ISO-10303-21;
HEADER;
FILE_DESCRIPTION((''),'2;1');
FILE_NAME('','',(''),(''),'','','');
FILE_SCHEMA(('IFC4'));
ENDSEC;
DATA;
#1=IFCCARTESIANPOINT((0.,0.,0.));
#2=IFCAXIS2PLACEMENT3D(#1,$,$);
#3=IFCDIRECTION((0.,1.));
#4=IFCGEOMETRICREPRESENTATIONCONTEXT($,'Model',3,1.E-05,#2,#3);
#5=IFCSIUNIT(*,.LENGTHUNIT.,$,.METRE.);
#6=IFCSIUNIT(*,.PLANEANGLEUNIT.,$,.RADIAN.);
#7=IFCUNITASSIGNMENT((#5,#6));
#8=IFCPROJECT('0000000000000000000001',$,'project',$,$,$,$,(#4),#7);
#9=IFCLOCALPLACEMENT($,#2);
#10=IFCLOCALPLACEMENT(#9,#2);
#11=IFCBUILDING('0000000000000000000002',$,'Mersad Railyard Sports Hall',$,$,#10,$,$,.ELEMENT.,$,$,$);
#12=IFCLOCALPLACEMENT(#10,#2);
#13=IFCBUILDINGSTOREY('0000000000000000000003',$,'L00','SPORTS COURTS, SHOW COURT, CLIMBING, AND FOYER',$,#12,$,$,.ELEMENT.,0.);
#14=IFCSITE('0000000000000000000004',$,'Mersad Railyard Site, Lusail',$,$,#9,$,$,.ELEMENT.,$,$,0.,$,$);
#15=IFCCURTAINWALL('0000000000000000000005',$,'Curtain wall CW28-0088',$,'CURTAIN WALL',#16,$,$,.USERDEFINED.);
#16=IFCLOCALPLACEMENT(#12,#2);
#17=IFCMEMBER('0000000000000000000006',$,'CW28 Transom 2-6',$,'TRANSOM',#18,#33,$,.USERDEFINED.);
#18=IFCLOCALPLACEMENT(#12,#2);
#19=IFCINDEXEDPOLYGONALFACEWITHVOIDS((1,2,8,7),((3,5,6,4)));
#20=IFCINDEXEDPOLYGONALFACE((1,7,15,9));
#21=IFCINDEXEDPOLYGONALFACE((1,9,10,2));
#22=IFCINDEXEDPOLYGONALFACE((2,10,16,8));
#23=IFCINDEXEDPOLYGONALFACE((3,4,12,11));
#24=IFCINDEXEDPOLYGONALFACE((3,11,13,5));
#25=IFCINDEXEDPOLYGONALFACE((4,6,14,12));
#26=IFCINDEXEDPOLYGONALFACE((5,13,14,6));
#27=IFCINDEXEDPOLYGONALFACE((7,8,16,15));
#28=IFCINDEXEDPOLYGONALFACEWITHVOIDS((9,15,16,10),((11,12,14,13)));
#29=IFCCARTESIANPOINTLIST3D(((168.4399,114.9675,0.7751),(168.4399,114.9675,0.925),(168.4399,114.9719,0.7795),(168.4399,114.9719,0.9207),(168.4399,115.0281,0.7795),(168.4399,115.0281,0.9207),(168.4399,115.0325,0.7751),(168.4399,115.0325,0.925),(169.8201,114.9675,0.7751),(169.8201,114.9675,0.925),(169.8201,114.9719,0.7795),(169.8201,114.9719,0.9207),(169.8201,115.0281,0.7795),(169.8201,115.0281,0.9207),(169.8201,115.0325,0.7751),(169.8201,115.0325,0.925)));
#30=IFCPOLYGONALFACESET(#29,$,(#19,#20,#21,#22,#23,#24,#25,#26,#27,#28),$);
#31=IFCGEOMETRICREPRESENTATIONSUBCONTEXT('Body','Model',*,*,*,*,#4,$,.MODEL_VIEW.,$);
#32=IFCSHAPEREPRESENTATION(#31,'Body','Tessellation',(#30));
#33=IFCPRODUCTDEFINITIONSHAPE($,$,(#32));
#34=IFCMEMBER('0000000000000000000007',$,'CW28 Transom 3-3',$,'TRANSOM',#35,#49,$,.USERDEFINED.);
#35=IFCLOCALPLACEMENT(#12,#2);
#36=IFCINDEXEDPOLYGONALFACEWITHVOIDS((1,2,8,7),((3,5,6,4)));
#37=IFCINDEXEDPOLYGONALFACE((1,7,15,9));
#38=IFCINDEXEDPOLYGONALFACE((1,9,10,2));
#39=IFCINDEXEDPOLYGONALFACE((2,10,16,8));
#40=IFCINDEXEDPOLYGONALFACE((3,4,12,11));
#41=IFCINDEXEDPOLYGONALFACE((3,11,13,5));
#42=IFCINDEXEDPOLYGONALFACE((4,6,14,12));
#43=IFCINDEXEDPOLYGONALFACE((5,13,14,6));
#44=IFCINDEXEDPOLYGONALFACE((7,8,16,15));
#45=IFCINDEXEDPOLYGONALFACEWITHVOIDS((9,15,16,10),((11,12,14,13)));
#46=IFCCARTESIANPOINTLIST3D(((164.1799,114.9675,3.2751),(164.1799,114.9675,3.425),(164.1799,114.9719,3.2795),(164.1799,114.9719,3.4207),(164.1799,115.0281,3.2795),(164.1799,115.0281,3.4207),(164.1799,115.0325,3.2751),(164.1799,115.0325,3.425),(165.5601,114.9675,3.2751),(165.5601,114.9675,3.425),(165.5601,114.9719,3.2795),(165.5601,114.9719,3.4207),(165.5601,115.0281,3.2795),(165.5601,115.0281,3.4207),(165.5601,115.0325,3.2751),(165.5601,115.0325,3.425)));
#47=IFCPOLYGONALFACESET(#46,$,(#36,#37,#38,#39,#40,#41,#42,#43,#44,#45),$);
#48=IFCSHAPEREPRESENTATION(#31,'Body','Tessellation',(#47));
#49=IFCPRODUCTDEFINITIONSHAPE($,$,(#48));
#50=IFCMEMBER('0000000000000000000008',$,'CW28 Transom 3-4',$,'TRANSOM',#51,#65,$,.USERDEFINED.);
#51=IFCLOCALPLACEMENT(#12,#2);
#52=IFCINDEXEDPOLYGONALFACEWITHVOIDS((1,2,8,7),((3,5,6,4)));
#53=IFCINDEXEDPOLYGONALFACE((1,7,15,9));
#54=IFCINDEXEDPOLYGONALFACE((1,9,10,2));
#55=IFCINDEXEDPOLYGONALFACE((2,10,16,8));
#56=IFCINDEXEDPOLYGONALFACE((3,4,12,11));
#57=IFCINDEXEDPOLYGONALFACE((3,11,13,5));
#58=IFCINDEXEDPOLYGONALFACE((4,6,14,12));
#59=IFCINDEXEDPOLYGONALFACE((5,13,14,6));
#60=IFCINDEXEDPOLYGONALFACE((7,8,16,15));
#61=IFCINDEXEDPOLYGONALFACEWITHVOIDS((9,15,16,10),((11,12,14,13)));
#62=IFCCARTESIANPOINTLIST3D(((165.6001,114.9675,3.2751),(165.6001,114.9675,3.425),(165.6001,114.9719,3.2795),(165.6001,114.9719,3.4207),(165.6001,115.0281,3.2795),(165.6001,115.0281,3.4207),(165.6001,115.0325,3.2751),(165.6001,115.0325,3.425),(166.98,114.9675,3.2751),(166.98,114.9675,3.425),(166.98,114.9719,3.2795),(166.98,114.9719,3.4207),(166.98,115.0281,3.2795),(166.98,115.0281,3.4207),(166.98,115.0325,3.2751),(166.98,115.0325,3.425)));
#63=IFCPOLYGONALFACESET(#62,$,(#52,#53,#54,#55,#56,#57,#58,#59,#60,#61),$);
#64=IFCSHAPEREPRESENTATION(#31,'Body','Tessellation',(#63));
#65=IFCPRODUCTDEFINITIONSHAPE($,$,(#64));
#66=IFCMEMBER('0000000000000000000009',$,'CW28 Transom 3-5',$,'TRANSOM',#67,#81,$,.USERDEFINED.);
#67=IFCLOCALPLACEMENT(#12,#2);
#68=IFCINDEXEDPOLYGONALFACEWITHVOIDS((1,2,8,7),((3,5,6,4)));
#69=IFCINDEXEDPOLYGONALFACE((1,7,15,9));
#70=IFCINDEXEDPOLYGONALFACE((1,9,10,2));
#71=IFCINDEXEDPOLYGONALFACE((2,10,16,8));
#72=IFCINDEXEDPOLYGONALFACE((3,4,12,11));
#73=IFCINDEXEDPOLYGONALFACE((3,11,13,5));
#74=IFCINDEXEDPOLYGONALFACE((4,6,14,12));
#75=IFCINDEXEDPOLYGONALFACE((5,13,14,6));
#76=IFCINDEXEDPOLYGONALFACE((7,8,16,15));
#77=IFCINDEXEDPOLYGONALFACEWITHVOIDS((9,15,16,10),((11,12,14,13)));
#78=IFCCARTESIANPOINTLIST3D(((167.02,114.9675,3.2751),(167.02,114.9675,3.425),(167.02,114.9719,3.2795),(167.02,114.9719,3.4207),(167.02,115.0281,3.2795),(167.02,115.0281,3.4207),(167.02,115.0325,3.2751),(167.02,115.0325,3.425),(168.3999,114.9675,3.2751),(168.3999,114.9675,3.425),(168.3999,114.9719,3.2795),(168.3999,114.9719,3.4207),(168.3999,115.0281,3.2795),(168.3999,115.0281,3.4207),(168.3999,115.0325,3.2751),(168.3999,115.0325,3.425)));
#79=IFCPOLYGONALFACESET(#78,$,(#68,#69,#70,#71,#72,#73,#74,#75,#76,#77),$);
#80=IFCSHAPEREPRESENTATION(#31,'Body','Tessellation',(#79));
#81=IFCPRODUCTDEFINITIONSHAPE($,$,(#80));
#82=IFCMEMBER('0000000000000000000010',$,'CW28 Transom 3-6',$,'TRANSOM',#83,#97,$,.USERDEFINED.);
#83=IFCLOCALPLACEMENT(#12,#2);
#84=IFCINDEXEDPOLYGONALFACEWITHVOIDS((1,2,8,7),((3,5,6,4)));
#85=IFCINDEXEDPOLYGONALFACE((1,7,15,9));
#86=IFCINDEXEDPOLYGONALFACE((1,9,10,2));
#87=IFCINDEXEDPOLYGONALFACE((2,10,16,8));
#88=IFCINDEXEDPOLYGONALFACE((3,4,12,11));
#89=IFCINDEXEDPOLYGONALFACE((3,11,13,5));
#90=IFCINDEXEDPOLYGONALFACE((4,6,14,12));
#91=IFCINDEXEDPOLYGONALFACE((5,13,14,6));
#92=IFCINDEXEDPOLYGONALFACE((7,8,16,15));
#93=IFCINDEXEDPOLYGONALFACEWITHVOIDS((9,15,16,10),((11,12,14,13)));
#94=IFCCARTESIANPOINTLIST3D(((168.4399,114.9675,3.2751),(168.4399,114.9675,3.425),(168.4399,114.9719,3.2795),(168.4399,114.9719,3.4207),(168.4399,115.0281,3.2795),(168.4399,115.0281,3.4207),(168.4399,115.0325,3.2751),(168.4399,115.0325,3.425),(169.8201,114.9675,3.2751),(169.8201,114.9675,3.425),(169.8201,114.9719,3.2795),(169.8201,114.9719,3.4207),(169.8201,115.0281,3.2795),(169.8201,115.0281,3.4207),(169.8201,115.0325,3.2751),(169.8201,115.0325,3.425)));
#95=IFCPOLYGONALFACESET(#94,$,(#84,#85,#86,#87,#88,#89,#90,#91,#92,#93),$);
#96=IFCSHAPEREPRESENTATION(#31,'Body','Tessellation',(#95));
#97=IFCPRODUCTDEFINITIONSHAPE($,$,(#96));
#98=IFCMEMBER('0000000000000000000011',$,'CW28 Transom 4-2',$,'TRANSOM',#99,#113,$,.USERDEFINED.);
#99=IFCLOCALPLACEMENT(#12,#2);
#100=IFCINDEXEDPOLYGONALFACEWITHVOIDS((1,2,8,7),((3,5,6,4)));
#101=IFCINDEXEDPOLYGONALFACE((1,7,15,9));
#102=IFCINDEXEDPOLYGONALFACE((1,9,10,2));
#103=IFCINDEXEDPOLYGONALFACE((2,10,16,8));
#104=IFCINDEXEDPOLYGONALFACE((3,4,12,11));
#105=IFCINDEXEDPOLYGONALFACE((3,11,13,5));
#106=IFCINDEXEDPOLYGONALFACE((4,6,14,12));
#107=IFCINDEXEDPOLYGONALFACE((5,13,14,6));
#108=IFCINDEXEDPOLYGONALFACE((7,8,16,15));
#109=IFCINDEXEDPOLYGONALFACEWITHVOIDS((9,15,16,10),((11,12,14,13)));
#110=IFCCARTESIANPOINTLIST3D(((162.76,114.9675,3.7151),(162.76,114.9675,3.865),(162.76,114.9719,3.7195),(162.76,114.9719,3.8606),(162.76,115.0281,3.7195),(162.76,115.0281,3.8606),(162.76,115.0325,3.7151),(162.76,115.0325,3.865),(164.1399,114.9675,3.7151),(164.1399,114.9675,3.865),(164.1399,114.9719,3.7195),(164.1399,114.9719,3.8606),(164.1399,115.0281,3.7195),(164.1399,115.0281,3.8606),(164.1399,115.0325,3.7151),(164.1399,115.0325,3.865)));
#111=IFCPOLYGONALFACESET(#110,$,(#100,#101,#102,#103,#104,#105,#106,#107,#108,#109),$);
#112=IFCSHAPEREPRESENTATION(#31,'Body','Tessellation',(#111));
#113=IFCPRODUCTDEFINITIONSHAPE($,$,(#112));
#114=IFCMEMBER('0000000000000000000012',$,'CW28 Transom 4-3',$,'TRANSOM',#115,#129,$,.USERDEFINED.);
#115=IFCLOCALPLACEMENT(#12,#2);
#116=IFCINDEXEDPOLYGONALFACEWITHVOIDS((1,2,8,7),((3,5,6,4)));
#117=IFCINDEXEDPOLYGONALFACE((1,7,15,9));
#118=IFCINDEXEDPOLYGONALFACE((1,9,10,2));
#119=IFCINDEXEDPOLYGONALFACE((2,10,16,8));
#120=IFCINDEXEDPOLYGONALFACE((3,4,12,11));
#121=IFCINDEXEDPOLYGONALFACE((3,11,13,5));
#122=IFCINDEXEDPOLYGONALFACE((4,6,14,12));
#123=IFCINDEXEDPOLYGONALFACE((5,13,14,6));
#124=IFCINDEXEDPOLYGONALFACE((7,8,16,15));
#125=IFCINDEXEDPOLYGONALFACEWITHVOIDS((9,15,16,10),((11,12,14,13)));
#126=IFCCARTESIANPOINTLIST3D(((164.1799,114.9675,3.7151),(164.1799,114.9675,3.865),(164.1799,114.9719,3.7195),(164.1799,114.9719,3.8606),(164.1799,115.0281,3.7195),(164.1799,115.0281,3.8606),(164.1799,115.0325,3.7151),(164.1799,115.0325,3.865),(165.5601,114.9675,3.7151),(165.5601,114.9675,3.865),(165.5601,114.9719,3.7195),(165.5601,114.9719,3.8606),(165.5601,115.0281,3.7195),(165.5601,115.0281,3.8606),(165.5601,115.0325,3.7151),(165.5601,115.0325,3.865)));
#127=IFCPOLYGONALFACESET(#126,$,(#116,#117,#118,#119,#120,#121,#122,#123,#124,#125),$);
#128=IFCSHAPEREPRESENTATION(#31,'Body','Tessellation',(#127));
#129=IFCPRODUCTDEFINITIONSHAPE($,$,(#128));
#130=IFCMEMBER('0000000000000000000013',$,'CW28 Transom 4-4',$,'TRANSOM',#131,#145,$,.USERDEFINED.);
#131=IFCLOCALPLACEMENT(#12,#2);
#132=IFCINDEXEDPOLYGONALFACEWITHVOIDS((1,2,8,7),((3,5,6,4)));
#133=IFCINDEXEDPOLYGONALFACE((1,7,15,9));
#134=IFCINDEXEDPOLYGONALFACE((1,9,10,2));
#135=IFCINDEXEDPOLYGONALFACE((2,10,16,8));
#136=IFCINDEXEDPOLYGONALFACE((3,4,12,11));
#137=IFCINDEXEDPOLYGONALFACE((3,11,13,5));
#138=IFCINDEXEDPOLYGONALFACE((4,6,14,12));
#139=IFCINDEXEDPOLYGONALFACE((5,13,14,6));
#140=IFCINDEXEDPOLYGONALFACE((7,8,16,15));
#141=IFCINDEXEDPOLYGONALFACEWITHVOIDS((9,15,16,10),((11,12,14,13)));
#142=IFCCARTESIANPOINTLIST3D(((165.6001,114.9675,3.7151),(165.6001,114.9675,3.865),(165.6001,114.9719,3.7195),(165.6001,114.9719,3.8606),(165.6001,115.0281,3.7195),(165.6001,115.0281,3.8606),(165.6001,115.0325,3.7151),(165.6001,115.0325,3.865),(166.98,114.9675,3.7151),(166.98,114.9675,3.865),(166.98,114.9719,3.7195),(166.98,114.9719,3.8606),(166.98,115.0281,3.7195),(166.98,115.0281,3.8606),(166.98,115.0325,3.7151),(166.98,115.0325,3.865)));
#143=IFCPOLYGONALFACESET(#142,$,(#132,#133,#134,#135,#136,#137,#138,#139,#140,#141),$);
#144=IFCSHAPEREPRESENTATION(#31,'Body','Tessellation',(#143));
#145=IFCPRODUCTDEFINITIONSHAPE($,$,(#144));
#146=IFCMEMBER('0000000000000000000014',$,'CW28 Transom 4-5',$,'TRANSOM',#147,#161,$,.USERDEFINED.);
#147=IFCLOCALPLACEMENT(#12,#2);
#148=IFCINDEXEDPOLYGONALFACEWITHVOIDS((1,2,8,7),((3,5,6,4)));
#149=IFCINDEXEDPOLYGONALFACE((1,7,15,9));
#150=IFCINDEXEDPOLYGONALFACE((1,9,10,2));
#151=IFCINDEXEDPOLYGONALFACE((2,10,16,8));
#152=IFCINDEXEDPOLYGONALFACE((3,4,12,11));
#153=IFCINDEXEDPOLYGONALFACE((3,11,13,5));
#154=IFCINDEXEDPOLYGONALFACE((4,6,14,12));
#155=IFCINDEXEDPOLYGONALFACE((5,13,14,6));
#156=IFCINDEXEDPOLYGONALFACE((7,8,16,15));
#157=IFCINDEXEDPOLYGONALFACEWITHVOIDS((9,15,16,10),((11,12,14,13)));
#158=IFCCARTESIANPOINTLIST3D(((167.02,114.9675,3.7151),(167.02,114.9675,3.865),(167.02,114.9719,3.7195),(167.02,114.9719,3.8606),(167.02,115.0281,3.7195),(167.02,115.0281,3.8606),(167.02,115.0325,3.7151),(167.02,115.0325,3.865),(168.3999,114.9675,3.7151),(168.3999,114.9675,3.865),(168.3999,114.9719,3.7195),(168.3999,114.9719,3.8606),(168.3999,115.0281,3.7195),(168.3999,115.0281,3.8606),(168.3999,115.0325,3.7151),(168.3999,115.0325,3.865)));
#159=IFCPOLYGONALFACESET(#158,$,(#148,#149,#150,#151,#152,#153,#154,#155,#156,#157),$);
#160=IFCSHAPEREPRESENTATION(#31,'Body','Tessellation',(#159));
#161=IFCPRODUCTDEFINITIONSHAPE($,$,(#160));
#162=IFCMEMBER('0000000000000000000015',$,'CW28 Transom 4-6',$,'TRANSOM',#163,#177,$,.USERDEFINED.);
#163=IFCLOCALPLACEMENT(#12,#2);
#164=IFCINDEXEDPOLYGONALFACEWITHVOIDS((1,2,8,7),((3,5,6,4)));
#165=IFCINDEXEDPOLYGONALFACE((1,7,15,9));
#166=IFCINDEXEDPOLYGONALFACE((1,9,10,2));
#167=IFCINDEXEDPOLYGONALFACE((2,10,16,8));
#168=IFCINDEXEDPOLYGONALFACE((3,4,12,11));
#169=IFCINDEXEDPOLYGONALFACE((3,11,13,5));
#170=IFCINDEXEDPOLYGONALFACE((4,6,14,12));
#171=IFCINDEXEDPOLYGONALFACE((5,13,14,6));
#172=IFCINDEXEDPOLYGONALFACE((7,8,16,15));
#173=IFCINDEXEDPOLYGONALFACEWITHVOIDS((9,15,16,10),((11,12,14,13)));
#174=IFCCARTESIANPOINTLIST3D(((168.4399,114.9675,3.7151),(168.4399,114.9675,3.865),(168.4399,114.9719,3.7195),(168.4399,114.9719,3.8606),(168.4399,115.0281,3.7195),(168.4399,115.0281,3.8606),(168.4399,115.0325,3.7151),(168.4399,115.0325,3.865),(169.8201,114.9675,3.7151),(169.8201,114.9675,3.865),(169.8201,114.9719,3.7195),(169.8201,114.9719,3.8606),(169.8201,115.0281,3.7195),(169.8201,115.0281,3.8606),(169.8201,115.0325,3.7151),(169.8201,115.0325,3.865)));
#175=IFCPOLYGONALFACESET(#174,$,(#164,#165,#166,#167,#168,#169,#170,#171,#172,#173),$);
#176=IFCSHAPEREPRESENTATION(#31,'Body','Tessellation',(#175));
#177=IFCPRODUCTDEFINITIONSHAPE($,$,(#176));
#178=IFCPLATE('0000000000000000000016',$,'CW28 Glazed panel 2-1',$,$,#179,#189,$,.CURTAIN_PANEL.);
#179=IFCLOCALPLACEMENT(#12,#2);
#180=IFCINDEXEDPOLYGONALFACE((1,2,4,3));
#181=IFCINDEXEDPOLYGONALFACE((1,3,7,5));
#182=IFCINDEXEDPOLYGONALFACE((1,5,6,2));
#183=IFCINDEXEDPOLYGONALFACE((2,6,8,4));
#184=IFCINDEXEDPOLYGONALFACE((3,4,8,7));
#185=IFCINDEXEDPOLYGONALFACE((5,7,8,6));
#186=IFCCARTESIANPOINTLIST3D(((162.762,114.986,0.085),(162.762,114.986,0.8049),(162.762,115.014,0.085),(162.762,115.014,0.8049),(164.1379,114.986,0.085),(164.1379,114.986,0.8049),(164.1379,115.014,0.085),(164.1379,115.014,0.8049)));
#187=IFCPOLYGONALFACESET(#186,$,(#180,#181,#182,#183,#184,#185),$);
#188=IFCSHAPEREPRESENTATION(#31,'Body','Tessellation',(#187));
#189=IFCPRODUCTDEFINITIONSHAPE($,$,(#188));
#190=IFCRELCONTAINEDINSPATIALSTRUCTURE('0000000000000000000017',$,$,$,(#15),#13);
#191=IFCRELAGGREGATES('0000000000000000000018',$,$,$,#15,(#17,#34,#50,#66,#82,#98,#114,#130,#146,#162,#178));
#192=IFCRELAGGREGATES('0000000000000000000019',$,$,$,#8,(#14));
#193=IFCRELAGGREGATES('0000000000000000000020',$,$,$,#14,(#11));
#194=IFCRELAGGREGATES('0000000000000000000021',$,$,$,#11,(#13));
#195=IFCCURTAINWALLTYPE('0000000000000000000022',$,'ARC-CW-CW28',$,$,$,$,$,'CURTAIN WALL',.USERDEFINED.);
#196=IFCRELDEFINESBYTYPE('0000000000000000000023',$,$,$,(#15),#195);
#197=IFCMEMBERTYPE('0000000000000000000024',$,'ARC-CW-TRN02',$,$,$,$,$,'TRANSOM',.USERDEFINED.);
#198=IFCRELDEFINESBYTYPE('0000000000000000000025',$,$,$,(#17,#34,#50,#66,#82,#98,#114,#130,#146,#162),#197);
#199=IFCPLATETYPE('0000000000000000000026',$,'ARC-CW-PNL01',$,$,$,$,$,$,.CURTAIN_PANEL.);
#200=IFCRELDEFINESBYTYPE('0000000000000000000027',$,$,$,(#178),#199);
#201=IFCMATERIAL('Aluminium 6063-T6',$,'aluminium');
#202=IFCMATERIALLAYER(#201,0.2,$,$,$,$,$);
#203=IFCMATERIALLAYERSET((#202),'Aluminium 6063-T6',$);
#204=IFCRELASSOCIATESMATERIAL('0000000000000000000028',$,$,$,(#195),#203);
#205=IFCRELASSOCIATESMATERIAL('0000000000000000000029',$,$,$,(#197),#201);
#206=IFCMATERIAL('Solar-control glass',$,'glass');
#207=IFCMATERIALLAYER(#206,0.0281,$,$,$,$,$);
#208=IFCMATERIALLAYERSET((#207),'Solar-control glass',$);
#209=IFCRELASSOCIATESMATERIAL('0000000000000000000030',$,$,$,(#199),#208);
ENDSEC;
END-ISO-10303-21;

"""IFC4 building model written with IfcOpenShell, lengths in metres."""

from ifc_helpers import new_model, si_unit, direction, frame, origin, origin_2d, place, context, subcontext, project, spatial, rectangle, hollow_rectangle, extrude, material, layer, layer_set, material_profile, profile_set, type_object, element, aggregate, save


model = new_model("IFC4")

# Units and contexts
model_context = context("Model", 3, precision=1e-05, world=origin(), true_north=direction((0.0, 1.0)))
body_context = subcontext(model_context, "Body", "Model", "MODEL_VIEW")
ifc_project = project(units=[si_unit("LENGTHUNIT", "METRE"), si_unit("PLANEANGLEUNIT", "RADIAN")], contexts=[model_context])

# Site, building, storey
site_placement = place(None, origin())
site = spatial("IfcSite", under=ifc_project, at=site_placement, Name="Mersad Railyard Site, Lusail", CompositionType="ELEMENT", RefElevation=0.0)
building_placement = place(site_placement, origin())
building = spatial("IfcBuilding", under=site, at=building_placement, Name="Mersad Railyard Sports Hall", CompositionType="ELEMENT")
storey_placement = place(building_placement, origin())
storey = spatial("IfcBuildingStorey", under=building, at=storey_placement, Name="L00", Description="SPORTS COURTS, SHOW COURT, CLIMBING, AND FOYER", CompositionType="ELEMENT", Elevation=0.0)

# Curtain wall, members, plate
ifc_material_1 = material(Name="Aluminium 6063-T6", Category="aluminium")
ifc_layer_1 = layer(ifc_material_1, 0.2)
ifc_layer_set_1 = layer_set([ifc_layer_1], Name="Aluminium 6063-T6")
curtain_wall_type = type_object("IfcCurtainWallType", Name="ARC-CW-CW28", ElementType="CURTAIN WALL", PredefinedType="USERDEFINED", material=ifc_layer_set_1)
curtain_wall_placement = place(storey_placement, origin())
curtain_wall = element("IfcCurtainWall", 1, at=curtain_wall_placement, inside=storey, type_object=curtain_wall_type, Name="Curtain wall CW28-0088", ObjectType="CURTAIN WALL", PredefinedType="USERDEFINED")
ifc_material_profile_1 = material_profile(ifc_material_1, hollow_rectangle(XDim=0.0649, YDim=0.1499, WallThickness=0.0044, at=origin_2d()), Name="AL TRANSOM 65x150x4.5")
ifc_profile_set_1 = profile_set([ifc_material_profile_1], Name="Aluminium 6063-T6")
member_type_1 = type_object("IfcMemberType", Name="ARC-CW-TRN02", ElementType="TRANSOM", PredefinedType="USERDEFINED", material=ifc_profile_set_1)
member_1_placement = place(storey_placement, frame((168.4399, 115.0, 0.8501), z_axis=(1.0, 0.0, 0.0), x_axis=(0.0, 1.0, 0.0)))
member_1 = element("IfcMember", 2, at=member_1_placement, type_object=member_type_1, Name="CW28 Transom 2-6", ObjectType="TRANSOM", PredefinedType="USERDEFINED", context=body_context, shape_type="SweptSolid", body=[
    extrude(hollow_rectangle(XDim=0.0649, YDim=0.1499, WallThickness=0.0044, at=origin_2d()), origin(), (0.0, 0.0, 1.0), 1.3801),
])
member_2_placement = place(storey_placement, frame((164.1799, 115.0, 3.3501), z_axis=(1.0, 0.0, 0.0), x_axis=(0.0, 1.0, 0.0)))
member_2 = element("IfcMember", 3, at=member_2_placement, type_object=member_type_1, Name="CW28 Transom 3-3", ObjectType="TRANSOM", PredefinedType="USERDEFINED", context=body_context, shape_type="SweptSolid", body=[
    extrude(hollow_rectangle(XDim=0.0649, YDim=0.1499, WallThickness=0.0044, at=origin_2d()), origin(), (0.0, 0.0, 1.0), 1.3801),
])
member_3_placement = place(storey_placement, frame((165.6001, 115.0, 3.3501), z_axis=(1.0, 0.0, 0.0), x_axis=(0.0, 1.0, 0.0)))
member_3 = element("IfcMember", 4, at=member_3_placement, type_object=member_type_1, Name="CW28 Transom 3-4", ObjectType="TRANSOM", PredefinedType="USERDEFINED", context=body_context, shape_type="SweptSolid", body=[
    extrude(hollow_rectangle(XDim=0.0649, YDim=0.1499, WallThickness=0.0044, at=origin_2d()), origin(), (0.0, 0.0, 1.0), 1.3799),
])
member_4_placement = place(storey_placement, frame((167.02, 115.0, 3.3501), z_axis=(1.0, 0.0, 0.0), x_axis=(0.0, 1.0, 0.0)))
member_4 = element("IfcMember", 5, at=member_4_placement, type_object=member_type_1, Name="CW28 Transom 3-5", ObjectType="TRANSOM", PredefinedType="USERDEFINED", context=body_context, shape_type="SweptSolid", body=[
    extrude(hollow_rectangle(XDim=0.0649, YDim=0.1499, WallThickness=0.0044, at=origin_2d()), origin(), (0.0, 0.0, 1.0), 1.3799),
])
member_5_placement = place(storey_placement, frame((168.4399, 115.0, 3.3501), z_axis=(1.0, 0.0, 0.0), x_axis=(0.0, 1.0, 0.0)))
member_5 = element("IfcMember", 6, at=member_5_placement, type_object=member_type_1, Name="CW28 Transom 3-6", ObjectType="TRANSOM", PredefinedType="USERDEFINED", context=body_context, shape_type="SweptSolid", body=[
    extrude(hollow_rectangle(XDim=0.0649, YDim=0.1499, WallThickness=0.0044, at=origin_2d()), origin(), (0.0, 0.0, 1.0), 1.3801),
])
member_6_placement = place(storey_placement, frame((162.76, 115.0, 3.79), z_axis=(1.0, 0.0, 0.0), x_axis=(0.0, 1.0, 0.0)))
member_6 = element("IfcMember", 7, at=member_6_placement, type_object=member_type_1, Name="CW28 Transom 4-2", ObjectType="TRANSOM", PredefinedType="USERDEFINED", context=body_context, shape_type="SweptSolid", body=[
    extrude(hollow_rectangle(XDim=0.0649, YDim=0.1499, WallThickness=0.0044, at=origin_2d()), origin(), (0.0, 0.0, 1.0), 1.3799),
])
member_7_placement = place(storey_placement, frame((164.1799, 115.0, 3.79), z_axis=(1.0, 0.0, 0.0), x_axis=(0.0, 1.0, 0.0)))
member_7 = element("IfcMember", 8, at=member_7_placement, type_object=member_type_1, Name="CW28 Transom 4-3", ObjectType="TRANSOM", PredefinedType="USERDEFINED", context=body_context, shape_type="SweptSolid", body=[
    extrude(hollow_rectangle(XDim=0.0649, YDim=0.1499, WallThickness=0.0044, at=origin_2d()), origin(), (0.0, 0.0, 1.0), 1.3801),
])
member_8_placement = place(storey_placement, frame((165.6001, 115.0, 3.79), z_axis=(1.0, 0.0, 0.0), x_axis=(0.0, 1.0, 0.0)))
member_8 = element("IfcMember", 9, at=member_8_placement, type_object=member_type_1, Name="CW28 Transom 4-4", ObjectType="TRANSOM", PredefinedType="USERDEFINED", context=body_context, shape_type="SweptSolid", body=[
    extrude(hollow_rectangle(XDim=0.0649, YDim=0.1499, WallThickness=0.0044, at=origin_2d()), origin(), (0.0, 0.0, 1.0), 1.3799),
])
member_9_placement = place(storey_placement, frame((167.02, 115.0, 3.79), z_axis=(1.0, 0.0, 0.0), x_axis=(0.0, 1.0, 0.0)))
member_9 = element("IfcMember", 10, at=member_9_placement, type_object=member_type_1, Name="CW28 Transom 4-5", ObjectType="TRANSOM", PredefinedType="USERDEFINED", context=body_context, shape_type="SweptSolid", body=[
    extrude(hollow_rectangle(XDim=0.0649, YDim=0.1499, WallThickness=0.0044, at=origin_2d()), origin(), (0.0, 0.0, 1.0), 1.3799),
])
member_10_placement = place(storey_placement, frame((168.4399, 115.0, 3.79), z_axis=(1.0, 0.0, 0.0), x_axis=(0.0, 1.0, 0.0)))
member_10 = element("IfcMember", 11, at=member_10_placement, type_object=member_type_1, Name="CW28 Transom 4-6", ObjectType="TRANSOM", PredefinedType="USERDEFINED", context=body_context, shape_type="SweptSolid", body=[
    extrude(hollow_rectangle(XDim=0.0649, YDim=0.1499, WallThickness=0.0044, at=origin_2d()), origin(), (0.0, 0.0, 1.0), 1.3801),
])
ifc_material_2 = material(Name="Solar-control glass", Category="glass")
ifc_layer_2 = layer(ifc_material_2, 0.0281)
ifc_layer_set_2 = layer_set([ifc_layer_2], Name="Solar-control glass")
plate_type = type_object("IfcPlateType", Name="ARC-CW-PNL01", PredefinedType="CURTAIN_PANEL", material=ifc_layer_set_2)
plate_1_placement = place(storey_placement, frame((163.45, 115.0, 0.085), z_axis=(0.0, 0.0, 1.0), x_axis=(1.0, 0.0, 0.0)))
plate_1 = element("IfcPlate", 12, at=plate_1_placement, type_object=plate_type, Name="CW28 Glazed panel 2-1", PredefinedType="CURTAIN_PANEL", context=body_context, shape_type="SweptSolid", body=[
    extrude(rectangle(XDim=1.376, YDim=0.0281, at=origin_2d()), origin(), (0.0, 0.0, 1.0), 0.72),
])
aggregate(curtain_wall, [member_1, member_2, member_3, member_4, member_5, member_6, member_7, member_8, member_9, member_10, plate_1])

save(model, "model.ifc")
